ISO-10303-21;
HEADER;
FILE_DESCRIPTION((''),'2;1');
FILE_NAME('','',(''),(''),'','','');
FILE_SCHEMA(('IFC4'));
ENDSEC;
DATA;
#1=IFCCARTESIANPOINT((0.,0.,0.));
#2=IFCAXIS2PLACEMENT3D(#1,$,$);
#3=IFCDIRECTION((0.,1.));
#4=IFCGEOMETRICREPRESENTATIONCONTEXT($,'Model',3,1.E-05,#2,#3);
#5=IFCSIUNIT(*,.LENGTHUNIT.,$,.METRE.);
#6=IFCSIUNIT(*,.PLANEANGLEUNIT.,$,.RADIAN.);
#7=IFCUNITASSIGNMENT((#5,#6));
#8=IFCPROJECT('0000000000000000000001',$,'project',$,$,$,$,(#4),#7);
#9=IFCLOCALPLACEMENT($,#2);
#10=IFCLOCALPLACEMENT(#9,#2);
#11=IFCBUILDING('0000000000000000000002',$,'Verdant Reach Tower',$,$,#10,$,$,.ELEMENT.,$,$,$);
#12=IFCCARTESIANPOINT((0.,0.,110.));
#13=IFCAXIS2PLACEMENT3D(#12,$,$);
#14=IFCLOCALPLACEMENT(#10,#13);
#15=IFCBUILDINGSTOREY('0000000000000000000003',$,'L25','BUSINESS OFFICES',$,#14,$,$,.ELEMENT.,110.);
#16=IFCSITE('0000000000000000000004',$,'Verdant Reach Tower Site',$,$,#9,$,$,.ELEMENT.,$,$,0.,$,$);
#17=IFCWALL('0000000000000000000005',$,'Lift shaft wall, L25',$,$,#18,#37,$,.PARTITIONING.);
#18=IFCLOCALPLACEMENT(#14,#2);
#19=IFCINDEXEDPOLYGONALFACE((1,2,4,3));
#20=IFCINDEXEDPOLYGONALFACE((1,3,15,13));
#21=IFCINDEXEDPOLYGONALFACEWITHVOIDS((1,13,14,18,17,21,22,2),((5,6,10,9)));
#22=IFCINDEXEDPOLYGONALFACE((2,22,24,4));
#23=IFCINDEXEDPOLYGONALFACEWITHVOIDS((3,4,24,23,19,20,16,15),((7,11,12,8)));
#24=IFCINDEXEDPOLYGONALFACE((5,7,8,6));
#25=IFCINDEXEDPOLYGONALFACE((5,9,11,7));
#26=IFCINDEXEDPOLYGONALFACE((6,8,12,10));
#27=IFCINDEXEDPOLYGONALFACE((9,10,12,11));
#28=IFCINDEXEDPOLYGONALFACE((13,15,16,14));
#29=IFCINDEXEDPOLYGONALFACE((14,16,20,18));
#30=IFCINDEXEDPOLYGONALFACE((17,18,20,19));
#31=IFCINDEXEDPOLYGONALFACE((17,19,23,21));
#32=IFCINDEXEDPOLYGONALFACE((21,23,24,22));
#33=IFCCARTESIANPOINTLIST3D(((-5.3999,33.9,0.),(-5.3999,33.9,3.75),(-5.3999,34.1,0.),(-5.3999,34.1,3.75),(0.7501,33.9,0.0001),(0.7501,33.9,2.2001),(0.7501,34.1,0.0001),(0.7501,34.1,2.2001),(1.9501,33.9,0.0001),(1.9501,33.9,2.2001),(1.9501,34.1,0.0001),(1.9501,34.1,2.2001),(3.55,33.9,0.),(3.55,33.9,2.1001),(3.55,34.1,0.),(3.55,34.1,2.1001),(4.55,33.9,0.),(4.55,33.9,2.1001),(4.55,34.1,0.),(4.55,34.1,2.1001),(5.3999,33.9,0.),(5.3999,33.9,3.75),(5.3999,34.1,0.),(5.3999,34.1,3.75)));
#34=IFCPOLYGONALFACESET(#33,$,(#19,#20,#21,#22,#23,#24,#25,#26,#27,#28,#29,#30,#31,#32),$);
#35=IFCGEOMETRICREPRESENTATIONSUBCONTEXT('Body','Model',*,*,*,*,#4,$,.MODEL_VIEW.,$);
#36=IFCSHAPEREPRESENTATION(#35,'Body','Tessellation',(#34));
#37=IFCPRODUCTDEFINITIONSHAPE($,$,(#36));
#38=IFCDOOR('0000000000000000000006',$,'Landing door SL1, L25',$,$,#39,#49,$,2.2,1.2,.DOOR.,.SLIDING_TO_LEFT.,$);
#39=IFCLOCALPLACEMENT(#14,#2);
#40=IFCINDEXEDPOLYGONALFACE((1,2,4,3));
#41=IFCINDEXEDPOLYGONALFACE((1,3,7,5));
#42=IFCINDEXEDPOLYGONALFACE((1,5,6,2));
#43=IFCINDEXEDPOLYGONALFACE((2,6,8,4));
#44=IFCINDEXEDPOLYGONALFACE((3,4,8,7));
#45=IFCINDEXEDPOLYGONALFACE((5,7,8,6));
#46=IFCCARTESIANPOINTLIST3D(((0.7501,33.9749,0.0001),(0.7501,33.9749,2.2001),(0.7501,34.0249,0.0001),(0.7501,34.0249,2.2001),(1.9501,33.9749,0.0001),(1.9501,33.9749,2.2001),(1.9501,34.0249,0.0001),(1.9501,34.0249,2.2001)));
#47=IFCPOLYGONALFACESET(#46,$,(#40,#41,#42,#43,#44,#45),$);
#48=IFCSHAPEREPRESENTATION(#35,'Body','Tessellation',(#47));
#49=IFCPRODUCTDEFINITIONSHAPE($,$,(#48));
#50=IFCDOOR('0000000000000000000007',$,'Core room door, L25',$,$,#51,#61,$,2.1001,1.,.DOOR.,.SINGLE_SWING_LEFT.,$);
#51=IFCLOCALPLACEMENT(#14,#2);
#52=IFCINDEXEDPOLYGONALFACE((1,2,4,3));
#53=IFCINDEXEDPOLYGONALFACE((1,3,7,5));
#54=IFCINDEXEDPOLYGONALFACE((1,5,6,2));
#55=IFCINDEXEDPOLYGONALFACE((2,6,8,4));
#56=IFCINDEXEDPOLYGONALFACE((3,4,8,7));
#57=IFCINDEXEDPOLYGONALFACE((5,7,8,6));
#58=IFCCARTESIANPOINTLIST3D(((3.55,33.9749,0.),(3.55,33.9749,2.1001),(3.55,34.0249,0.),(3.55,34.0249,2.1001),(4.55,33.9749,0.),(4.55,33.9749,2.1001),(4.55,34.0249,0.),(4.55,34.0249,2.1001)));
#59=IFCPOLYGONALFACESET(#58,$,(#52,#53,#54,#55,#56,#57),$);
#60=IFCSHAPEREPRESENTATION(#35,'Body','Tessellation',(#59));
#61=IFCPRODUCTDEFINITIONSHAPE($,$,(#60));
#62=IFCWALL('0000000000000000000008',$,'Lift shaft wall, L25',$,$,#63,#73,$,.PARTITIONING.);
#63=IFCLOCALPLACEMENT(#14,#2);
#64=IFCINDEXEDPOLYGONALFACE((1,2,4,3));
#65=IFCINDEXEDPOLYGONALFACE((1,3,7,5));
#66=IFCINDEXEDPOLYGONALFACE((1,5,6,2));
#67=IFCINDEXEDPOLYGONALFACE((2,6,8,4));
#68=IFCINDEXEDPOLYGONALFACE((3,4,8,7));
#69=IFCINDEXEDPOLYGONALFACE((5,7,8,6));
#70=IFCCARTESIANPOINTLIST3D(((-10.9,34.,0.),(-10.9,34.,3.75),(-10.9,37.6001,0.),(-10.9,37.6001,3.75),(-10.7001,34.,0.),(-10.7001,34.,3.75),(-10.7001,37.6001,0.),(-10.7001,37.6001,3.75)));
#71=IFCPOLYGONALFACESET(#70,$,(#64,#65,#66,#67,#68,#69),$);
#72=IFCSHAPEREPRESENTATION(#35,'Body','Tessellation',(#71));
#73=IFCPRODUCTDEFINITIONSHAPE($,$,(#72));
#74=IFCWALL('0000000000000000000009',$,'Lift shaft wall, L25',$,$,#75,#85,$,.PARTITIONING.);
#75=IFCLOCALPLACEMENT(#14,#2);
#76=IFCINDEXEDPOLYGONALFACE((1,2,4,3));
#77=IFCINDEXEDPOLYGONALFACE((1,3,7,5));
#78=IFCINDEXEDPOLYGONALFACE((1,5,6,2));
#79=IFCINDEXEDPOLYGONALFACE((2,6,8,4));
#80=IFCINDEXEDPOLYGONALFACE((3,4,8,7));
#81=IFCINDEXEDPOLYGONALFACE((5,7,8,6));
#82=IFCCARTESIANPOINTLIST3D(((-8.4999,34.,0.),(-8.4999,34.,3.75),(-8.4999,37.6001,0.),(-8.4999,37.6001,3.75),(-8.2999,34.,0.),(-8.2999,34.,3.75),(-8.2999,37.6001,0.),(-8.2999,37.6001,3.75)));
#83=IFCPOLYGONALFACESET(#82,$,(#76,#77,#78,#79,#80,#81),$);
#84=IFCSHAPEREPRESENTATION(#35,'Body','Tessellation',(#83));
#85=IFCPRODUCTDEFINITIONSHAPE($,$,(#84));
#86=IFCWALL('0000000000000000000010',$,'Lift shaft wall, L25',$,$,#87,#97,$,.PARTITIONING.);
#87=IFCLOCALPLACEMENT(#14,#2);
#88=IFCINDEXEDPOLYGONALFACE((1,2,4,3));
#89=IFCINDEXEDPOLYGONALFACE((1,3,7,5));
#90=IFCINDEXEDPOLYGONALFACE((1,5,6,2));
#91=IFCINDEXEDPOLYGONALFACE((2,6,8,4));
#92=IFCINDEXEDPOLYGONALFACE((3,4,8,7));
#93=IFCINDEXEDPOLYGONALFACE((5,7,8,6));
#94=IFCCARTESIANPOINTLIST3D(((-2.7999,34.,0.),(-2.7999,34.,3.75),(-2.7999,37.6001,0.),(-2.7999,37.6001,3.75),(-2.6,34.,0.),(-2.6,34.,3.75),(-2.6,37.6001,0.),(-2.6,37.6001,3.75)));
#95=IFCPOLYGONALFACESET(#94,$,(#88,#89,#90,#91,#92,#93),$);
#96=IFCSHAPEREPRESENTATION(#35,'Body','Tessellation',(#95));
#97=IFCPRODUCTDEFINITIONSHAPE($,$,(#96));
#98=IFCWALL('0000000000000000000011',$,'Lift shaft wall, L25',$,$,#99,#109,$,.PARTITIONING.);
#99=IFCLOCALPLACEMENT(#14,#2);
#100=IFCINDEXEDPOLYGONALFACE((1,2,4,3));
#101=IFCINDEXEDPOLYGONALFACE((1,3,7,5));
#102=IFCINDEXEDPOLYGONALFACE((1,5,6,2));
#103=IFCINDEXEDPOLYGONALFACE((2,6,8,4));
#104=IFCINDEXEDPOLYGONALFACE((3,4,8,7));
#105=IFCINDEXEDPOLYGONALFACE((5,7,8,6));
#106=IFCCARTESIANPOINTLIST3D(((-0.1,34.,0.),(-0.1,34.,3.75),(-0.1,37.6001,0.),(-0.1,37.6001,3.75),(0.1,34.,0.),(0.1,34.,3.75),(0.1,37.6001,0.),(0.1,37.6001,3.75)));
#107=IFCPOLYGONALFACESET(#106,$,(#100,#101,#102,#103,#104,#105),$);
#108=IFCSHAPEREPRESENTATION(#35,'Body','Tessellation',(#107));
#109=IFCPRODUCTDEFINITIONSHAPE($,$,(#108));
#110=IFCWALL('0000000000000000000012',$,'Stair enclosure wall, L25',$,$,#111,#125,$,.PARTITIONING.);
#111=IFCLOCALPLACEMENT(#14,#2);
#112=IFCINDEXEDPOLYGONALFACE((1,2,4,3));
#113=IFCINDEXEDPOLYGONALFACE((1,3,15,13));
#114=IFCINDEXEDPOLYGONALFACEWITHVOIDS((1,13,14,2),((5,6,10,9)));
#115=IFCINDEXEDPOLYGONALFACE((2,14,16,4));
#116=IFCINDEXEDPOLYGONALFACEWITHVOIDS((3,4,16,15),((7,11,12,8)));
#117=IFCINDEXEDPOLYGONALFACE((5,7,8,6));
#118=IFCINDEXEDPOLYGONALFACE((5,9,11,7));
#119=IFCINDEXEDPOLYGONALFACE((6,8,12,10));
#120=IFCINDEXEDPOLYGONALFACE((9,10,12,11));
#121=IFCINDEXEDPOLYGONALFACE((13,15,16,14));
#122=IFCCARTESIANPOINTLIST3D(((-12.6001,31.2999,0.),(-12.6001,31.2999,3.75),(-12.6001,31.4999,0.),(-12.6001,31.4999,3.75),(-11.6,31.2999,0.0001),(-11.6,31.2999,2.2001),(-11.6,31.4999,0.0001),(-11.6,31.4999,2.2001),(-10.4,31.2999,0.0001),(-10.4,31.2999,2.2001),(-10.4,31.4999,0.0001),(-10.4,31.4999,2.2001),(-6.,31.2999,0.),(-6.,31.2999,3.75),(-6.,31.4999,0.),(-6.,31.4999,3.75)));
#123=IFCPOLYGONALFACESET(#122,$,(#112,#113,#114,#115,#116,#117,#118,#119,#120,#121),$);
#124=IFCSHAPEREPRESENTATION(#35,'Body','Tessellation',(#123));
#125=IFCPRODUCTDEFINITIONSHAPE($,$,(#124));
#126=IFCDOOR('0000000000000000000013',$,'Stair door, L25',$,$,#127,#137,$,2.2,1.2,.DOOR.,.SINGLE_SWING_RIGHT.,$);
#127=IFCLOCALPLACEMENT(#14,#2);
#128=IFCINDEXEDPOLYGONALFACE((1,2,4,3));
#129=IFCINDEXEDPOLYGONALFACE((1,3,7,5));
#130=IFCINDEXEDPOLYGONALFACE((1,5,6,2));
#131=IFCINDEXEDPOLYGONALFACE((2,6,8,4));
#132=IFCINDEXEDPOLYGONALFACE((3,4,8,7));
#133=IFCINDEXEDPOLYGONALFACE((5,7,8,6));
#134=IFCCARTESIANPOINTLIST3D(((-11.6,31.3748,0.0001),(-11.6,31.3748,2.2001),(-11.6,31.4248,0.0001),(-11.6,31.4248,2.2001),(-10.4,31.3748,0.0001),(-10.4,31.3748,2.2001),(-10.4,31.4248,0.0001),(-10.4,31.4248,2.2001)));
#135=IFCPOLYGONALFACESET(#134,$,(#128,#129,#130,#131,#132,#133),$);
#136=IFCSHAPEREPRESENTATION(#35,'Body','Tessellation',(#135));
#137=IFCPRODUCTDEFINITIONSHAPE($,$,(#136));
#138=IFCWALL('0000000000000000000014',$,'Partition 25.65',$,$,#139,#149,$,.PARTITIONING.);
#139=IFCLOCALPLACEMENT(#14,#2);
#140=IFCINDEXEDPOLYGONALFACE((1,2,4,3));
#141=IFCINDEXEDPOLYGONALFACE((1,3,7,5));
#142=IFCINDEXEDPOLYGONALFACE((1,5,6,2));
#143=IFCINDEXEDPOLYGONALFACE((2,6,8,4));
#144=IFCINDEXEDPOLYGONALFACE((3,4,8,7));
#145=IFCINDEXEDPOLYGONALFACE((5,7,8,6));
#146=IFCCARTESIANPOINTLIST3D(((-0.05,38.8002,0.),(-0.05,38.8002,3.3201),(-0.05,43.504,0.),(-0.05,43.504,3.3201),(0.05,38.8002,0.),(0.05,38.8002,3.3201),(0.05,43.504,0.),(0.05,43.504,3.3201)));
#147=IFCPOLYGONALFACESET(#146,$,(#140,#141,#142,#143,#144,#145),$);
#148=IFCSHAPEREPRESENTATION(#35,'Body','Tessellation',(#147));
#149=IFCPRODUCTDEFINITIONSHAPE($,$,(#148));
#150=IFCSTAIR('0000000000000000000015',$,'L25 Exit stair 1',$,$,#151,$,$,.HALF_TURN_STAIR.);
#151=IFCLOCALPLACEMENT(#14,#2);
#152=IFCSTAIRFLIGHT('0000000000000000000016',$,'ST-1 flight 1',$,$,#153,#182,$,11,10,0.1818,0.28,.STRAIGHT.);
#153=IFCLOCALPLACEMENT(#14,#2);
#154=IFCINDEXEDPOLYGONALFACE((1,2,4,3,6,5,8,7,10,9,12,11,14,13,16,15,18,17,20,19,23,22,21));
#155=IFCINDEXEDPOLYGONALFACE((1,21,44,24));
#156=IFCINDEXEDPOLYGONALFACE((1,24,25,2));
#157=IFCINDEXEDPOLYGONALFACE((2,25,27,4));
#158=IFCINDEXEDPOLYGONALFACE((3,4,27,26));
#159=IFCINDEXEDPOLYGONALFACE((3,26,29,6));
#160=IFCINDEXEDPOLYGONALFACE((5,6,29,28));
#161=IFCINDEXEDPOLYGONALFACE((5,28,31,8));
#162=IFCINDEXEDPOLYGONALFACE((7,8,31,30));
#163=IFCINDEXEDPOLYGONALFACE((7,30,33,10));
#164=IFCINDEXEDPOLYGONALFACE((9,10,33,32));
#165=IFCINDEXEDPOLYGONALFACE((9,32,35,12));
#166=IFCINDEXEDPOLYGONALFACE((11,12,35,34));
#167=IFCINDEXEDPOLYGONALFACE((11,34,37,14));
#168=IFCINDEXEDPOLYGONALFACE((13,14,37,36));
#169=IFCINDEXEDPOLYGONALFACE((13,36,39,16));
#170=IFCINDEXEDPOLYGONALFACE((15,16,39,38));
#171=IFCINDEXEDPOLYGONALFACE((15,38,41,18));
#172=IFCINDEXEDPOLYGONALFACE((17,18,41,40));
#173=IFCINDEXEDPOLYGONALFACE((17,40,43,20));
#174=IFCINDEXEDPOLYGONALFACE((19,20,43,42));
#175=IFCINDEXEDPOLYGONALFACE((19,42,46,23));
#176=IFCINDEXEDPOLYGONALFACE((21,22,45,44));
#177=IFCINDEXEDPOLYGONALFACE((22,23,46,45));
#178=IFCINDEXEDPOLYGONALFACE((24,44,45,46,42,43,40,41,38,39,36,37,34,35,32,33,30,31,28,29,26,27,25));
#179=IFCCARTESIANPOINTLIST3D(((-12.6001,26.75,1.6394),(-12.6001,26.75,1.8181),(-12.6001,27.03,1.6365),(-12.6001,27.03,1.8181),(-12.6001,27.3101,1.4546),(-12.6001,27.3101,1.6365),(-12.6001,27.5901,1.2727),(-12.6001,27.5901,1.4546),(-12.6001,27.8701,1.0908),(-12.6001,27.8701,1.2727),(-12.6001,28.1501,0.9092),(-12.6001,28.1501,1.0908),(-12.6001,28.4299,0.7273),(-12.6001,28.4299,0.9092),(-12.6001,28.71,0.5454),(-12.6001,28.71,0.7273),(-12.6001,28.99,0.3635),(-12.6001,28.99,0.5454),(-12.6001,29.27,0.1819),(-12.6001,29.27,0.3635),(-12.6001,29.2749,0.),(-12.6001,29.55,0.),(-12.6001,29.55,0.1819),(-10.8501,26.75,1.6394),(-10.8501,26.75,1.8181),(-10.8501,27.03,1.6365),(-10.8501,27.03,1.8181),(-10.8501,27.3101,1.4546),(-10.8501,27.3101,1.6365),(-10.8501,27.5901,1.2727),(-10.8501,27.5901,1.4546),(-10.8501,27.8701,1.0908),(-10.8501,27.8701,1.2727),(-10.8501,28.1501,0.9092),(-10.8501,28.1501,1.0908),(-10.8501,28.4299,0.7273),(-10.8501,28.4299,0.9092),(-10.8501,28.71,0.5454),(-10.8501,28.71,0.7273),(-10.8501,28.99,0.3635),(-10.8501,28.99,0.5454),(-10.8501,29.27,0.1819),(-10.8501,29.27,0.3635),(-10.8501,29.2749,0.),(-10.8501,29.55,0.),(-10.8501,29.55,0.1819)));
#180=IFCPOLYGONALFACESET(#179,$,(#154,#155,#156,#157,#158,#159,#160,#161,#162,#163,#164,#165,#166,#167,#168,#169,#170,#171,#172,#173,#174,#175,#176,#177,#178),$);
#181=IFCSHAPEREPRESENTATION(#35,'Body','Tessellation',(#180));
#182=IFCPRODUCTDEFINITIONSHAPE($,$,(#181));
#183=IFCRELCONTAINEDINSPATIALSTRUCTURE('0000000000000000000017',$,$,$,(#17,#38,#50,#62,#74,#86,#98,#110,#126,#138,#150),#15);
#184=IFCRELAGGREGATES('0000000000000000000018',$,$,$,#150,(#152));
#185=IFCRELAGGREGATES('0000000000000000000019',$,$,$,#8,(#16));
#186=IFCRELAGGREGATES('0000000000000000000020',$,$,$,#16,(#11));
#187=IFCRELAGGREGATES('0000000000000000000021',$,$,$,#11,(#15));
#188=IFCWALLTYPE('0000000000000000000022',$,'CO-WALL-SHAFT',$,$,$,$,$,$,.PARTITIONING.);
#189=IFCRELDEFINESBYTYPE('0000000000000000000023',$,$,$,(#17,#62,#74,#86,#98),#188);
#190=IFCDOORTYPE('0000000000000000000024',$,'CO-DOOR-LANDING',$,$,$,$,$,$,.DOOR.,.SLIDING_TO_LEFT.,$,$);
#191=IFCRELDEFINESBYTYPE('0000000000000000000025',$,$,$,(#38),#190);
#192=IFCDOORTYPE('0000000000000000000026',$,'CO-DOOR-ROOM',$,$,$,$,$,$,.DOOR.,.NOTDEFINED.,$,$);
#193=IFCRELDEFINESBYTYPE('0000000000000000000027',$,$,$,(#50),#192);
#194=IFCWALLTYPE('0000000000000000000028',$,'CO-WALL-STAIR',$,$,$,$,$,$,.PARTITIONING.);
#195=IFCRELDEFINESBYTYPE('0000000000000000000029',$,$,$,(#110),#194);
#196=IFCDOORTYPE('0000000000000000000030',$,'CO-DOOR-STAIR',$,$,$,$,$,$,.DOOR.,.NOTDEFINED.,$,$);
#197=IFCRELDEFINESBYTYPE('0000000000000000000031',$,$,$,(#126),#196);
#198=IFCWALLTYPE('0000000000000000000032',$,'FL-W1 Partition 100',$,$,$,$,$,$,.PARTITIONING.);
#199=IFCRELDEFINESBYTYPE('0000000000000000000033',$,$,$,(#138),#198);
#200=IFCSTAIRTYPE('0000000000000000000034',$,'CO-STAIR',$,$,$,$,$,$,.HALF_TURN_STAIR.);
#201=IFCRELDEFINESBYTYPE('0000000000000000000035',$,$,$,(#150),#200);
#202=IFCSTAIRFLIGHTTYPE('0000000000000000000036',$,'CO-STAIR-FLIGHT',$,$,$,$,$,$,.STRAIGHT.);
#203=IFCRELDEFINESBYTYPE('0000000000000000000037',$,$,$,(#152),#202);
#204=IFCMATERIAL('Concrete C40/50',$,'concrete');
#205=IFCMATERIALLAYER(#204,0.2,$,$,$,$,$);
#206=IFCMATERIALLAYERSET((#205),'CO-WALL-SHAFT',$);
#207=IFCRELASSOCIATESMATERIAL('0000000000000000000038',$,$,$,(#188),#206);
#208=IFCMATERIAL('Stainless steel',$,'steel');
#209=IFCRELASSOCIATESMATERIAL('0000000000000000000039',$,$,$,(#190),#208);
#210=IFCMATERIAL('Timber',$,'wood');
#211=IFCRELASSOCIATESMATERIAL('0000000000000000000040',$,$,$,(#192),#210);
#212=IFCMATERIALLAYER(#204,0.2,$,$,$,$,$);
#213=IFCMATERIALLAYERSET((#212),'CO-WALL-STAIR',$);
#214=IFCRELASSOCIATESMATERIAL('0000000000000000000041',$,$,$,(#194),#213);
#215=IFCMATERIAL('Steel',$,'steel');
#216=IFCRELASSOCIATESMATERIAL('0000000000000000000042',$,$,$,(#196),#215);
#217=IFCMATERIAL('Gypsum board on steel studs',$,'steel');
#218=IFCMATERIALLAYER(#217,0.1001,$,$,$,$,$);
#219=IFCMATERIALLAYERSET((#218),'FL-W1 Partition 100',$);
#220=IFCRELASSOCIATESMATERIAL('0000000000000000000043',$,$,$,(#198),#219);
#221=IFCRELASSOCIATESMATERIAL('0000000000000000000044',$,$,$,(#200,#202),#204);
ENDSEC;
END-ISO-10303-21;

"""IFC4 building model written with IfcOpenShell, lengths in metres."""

from ifc_helpers import new_model, si_unit, direction, frame, frame_2d, origin, place, context, subcontext, project, spatial, polyline, rectangle, outline, extrude, material, layer, layer_set, type_object, element, fill, aggregate, save


model = new_model("IFC4")

# Units and contexts
model_context = context("Model", 3, precision=1e-05, world=origin(), true_north=direction((0.0, 1.0)))
body_context = subcontext(model_context, "Body", "Model", "MODEL_VIEW")
ifc_project = project(units=[si_unit("LENGTHUNIT", "METRE"), si_unit("PLANEANGLEUNIT", "RADIAN")], contexts=[model_context])

# Site, building, storey
site_placement = place(None, origin())
site = spatial("IfcSite", under=ifc_project, at=site_placement, Name="Verdant Reach Tower Site", CompositionType="ELEMENT", RefElevation=0.0)
building_placement = place(site_placement, origin())
building = spatial("IfcBuilding", under=site, at=building_placement, Name="Verdant Reach Tower", CompositionType="ELEMENT")
storey_placement = place(building_placement, frame((0.0, 0.0, 110.0)))
storey = spatial("IfcBuildingStorey", under=building, at=storey_placement, Name="L25", Description="BUSINESS OFFICES", CompositionType="ELEMENT", Elevation=110.0)

# Shared definitions
ifc_material_1 = material(Name="Concrete C40/50", Category="concrete")
ifc_layer_1 = layer(ifc_material_1, 0.2)
ifc_layer_set_1 = layer_set([ifc_layer_1], Name="CO-WALL-SHAFT")
wall_type_1 = type_object("IfcWallType", Name="CO-WALL-SHAFT", PredefinedType="PARTITIONING", material=ifc_layer_set_1)

# Wall, openings, doors
ifc_material_2 = material(Name="Stainless steel", Category="steel")
ifc_material_3 = material(Name="Steel", Category="steel")
wall_1_placement = place(storey_placement, frame((-5.3999, 34.0, 0.0), z_axis=(0.0, 0.0, 1.0), x_axis=(1.0, 0.0, 0.0)))
wall_1 = element("IfcWall", 1, at=wall_1_placement, inside=storey, type_object=wall_type_1, Name="Lift shaft wall, L25", PredefinedType="PARTITIONING", context=body_context, shape_type="SweptSolid", body=[
    extrude(rectangle(XDim=10.7998, YDim=0.2, at=frame_2d((5.3999, 0.0))), origin(), (0.0, 0.0, 1.0), 3.75),
])
opening_1_placement = place(wall_1_placement, frame((6.1499, 0.0, 0.0)))
opening_1 = element("IfcOpeningElement", 2, at=opening_1_placement, cuts=wall_1, PredefinedType="OPENING", context=body_context, shape_type="SweptSolid", body=[
    extrude(rectangle(XDim=1.2, YDim=2.2, at=frame_2d((0.6001, 1.1001))), frame((0.0, 0.1099, 0.0), z_axis=(0.0, -1.0, 0.0), x_axis=(1.0, 0.0, 0.0)), (0.0, 0.0, 1.0), 0.22),
])
opening_2_placement = place(wall_1_placement, frame((8.95, 0.0, 0.0)))
opening_2 = element("IfcOpeningElement", 3, at=opening_2_placement, cuts=wall_1, PredefinedType="OPENING", context=body_context, shape_type="SweptSolid", body=[
    extrude(rectangle(XDim=1.0, YDim=2.1001, at=frame_2d((0.5, 1.05))), frame((0.0, 0.1099, 0.0), z_axis=(0.0, -1.0, 0.0), x_axis=(1.0, 0.0, 0.0)), (0.0, 0.0, 1.0), 0.22),
])
door_type_1 = type_object("IfcDoorType", Name="CO-DOOR-LANDING", OperationType="SLIDING_TO_LEFT", PredefinedType="DOOR", material=ifc_material_2)
door_1_placement = place(opening_1_placement, origin())
door_1 = element("IfcDoor", 4, at=door_1_placement, inside=storey, type_object=door_type_1, Name="Landing door SL1, L25", OperationType="SLIDING_TO_LEFT", OverallHeight=2.2, OverallWidth=1.2, PredefinedType="DOOR", context=body_context, shape_type="SweptSolid", body=[
    extrude(rectangle(XDim=1.2, YDim=2.2, at=frame_2d((0.6001, 1.1001))), frame((0.0, 0.0249, 0.0), z_axis=(0.0, -1.0, 0.0), x_axis=(1.0, 0.0, 0.0)), (0.0, 0.0, 1.0), 0.05),
])
fill(opening_1, door_1)
ifc_material_4 = material(Name="Timber", Category="wood")
door_type_2 = type_object("IfcDoorType", Name="CO-DOOR-ROOM", OperationType="NOTDEFINED", PredefinedType="DOOR", material=ifc_material_4)
door_2_placement = place(opening_2_placement, origin())
door_2 = element("IfcDoor", 5, at=door_2_placement, inside=storey, type_object=door_type_2, Name="Core room door, L25", OperationType="SINGLE_SWING_LEFT", OverallHeight=2.1001, OverallWidth=1.0, PredefinedType="DOOR", context=body_context, shape_type="SweptSolid", body=[
    extrude(rectangle(XDim=1.0, YDim=2.1001, at=frame_2d((0.5, 1.05))), frame((0.0, 0.0249, 0.0), z_axis=(0.0, -1.0, 0.0), x_axis=(1.0, 0.0, 0.0)), (0.0, 0.0, 1.0), 0.05),
])
fill(opening_2, door_2)

# Walls
for number, where, z_axis, x_axis, name in (
    (6, (-10.8, 34.0, 0.0), (0.0, 0.0, 1.0), (0.0, 1.0, 0.0), "Lift shaft wall, L25"),
    (7, (-8.3999, 34.0, 0.0), (0.0, 0.0, 1.0), (0.0, 1.0, 0.0), "Lift shaft wall, L25"),
    (8, (-2.7, 34.0, 0.0), (0.0, 0.0, 1.0), (0.0, 1.0, 0.0), "Lift shaft wall, L25"),
    (9, (0.0, 34.0, 0.0), (0.0, 0.0, 1.0), (0.0, 1.0, 0.0), "Lift shaft wall, L25"),
):
    element("IfcWall", number, at=place(storey_placement, frame(where, z_axis=z_axis, x_axis=x_axis)), inside=storey, type_object=wall_type_1, Name=name, PredefinedType="PARTITIONING", context=body_context, shape_type="SweptSolid", body=[
        extrude(rectangle(XDim=3.6001, YDim=0.2, at=frame_2d((1.8, 0.0))), origin(), (0.0, 0.0, 1.0), 3.75),
    ])

# Wall, opening, door
ifc_layer_2 = layer(ifc_material_1, 0.2)
ifc_layer_set_2 = layer_set([ifc_layer_2], Name="CO-WALL-STAIR")
wall_type_2 = type_object("IfcWallType", Name="CO-WALL-STAIR", PredefinedType="PARTITIONING", material=ifc_layer_set_2)
wall_2_placement = place(storey_placement, frame((-12.6001, 31.3999, 0.0), z_axis=(0.0, 0.0, 1.0), x_axis=(1.0, 0.0, 0.0)))
wall_2 = element("IfcWall", 10, at=wall_2_placement, inside=storey, type_object=wall_type_2, Name="Stair enclosure wall, L25", PredefinedType="PARTITIONING", context=body_context, shape_type="SweptSolid", body=[
    extrude(rectangle(XDim=6.6001, YDim=0.2, at=frame_2d((3.3, 0.0))), origin(), (0.0, 0.0, 1.0), 3.75),
])
opening_3_placement = place(wall_2_placement, frame((1.0, 0.0, 0.0)))
opening_3 = element("IfcOpeningElement", 11, at=opening_3_placement, cuts=wall_2, PredefinedType="OPENING", context=body_context, shape_type="SweptSolid", body=[
    extrude(rectangle(XDim=1.2, YDim=2.2, at=frame_2d((0.6001, 1.1001))), frame((0.0, 0.1099, 0.0), z_axis=(0.0, -1.0, 0.0), x_axis=(1.0, 0.0, 0.0)), (0.0, 0.0, 1.0), 0.22),
])
door_type_3 = type_object("IfcDoorType", Name="CO-DOOR-STAIR", OperationType="NOTDEFINED", PredefinedType="DOOR", material=ifc_material_3)
door_3_placement = place(opening_3_placement, origin())
door_3 = element("IfcDoor", 12, at=door_3_placement, inside=storey, type_object=door_type_3, Name="Stair door, L25", OperationType="SINGLE_SWING_RIGHT", OverallHeight=2.2, OverallWidth=1.2, PredefinedType="DOOR", context=body_context, shape_type="SweptSolid", body=[
    extrude(rectangle(XDim=1.2, YDim=2.2, at=frame_2d((0.6001, 1.1001))), frame((0.0, 0.0249, 0.0), z_axis=(0.0, -1.0, 0.0), x_axis=(1.0, 0.0, 0.0)), (0.0, 0.0, 1.0), 0.05),
])
fill(opening_3, door_3)

# Wall
ifc_material_5 = material(Name="Gypsum board on steel studs", Category="steel")
ifc_layer_3 = layer(ifc_material_5, 0.1001)
ifc_layer_set_3 = layer_set([ifc_layer_3], Name="FL-W1 Partition 100")
wall_type_3 = type_object("IfcWallType", Name="FL-W1 Partition 100", PredefinedType="PARTITIONING", material=ifc_layer_set_3)
wall_3_placement = place(storey_placement, frame((0.0, 38.8, 0.0), z_axis=(0.0, 0.0, 1.0), x_axis=(0.0, 1.0, 0.0)))
element("IfcWall", 13, at=wall_3_placement, inside=storey, type_object=wall_type_3, Name="Partition 25.65", PredefinedType="PARTITIONING", context=body_context, shape_type="SweptSolid", body=[
    extrude(rectangle(XDim=4.7039, YDim=0.1001, at=frame_2d((2.3521, 0.0))), origin(), (0.0, 0.0, 1.0), 3.3201),
])

# Stair, stair flight
stair_type = type_object("IfcStairType", Name="CO-STAIR", PredefinedType="HALF_TURN_STAIR", material=ifc_material_1)
stair_placement = place(storey_placement, origin())
stair = element("IfcStair", 14, at=stair_placement, inside=storey, type_object=stair_type, Name="L25 Exit stair 1", PredefinedType="HALF_TURN_STAIR")
stair_flight_type = type_object("IfcStairFlightType", Name="CO-STAIR-FLIGHT", PredefinedType="STRAIGHT", material=ifc_material_1)
stair_flight_placement = place(storey_placement, frame((-11.7251, 29.55, 0.0), z_axis=(0.0, 0.0, 1.0), x_axis=(0.0, -1.0, 0.0)))
stair_flight = element("IfcStairFlight", 15, at=stair_flight_placement, type_object=stair_flight_type, Name="ST-1 flight 1", NumberOfRisers=11, NumberOfTreads=10, PredefinedType="STRAIGHT", RiserHeight=0.1818, TreadLength=0.28, context=body_context, shape_type="SweptSolid", body=[
    extrude(outline(polyline([(0.0, 0.0), (0.0, 0.1819), (0.28, 0.1819), (0.28, 0.3635), (0.5601, 0.3635), (0.5601, 0.5454), (0.8401, 0.5454), (0.8401, 0.7273), (1.1201, 0.7273), (1.1201, 0.9092), (1.3999, 0.9092), (1.3999, 1.0908), (1.6799, 1.0908), (1.6799, 1.2727), (1.96, 1.2727), (1.96, 1.4546), (2.24, 1.4546), (2.24, 1.6365), (2.52, 1.6365), (2.52, 1.8181), (2.8, 1.8181), (2.8, 2.0), (2.8, 1.6394), (0.2751, 0.0), (0.0, 0.0)])), frame((0.0, 0.875, 0.0), z_axis=(0.0, -1.0, 0.0), x_axis=(1.0, 0.0, 0.0)), (0.0, 0.0, 1.0), 1.75),
])
aggregate(stair, [stair_flight])

save(model, "model.ifc")
